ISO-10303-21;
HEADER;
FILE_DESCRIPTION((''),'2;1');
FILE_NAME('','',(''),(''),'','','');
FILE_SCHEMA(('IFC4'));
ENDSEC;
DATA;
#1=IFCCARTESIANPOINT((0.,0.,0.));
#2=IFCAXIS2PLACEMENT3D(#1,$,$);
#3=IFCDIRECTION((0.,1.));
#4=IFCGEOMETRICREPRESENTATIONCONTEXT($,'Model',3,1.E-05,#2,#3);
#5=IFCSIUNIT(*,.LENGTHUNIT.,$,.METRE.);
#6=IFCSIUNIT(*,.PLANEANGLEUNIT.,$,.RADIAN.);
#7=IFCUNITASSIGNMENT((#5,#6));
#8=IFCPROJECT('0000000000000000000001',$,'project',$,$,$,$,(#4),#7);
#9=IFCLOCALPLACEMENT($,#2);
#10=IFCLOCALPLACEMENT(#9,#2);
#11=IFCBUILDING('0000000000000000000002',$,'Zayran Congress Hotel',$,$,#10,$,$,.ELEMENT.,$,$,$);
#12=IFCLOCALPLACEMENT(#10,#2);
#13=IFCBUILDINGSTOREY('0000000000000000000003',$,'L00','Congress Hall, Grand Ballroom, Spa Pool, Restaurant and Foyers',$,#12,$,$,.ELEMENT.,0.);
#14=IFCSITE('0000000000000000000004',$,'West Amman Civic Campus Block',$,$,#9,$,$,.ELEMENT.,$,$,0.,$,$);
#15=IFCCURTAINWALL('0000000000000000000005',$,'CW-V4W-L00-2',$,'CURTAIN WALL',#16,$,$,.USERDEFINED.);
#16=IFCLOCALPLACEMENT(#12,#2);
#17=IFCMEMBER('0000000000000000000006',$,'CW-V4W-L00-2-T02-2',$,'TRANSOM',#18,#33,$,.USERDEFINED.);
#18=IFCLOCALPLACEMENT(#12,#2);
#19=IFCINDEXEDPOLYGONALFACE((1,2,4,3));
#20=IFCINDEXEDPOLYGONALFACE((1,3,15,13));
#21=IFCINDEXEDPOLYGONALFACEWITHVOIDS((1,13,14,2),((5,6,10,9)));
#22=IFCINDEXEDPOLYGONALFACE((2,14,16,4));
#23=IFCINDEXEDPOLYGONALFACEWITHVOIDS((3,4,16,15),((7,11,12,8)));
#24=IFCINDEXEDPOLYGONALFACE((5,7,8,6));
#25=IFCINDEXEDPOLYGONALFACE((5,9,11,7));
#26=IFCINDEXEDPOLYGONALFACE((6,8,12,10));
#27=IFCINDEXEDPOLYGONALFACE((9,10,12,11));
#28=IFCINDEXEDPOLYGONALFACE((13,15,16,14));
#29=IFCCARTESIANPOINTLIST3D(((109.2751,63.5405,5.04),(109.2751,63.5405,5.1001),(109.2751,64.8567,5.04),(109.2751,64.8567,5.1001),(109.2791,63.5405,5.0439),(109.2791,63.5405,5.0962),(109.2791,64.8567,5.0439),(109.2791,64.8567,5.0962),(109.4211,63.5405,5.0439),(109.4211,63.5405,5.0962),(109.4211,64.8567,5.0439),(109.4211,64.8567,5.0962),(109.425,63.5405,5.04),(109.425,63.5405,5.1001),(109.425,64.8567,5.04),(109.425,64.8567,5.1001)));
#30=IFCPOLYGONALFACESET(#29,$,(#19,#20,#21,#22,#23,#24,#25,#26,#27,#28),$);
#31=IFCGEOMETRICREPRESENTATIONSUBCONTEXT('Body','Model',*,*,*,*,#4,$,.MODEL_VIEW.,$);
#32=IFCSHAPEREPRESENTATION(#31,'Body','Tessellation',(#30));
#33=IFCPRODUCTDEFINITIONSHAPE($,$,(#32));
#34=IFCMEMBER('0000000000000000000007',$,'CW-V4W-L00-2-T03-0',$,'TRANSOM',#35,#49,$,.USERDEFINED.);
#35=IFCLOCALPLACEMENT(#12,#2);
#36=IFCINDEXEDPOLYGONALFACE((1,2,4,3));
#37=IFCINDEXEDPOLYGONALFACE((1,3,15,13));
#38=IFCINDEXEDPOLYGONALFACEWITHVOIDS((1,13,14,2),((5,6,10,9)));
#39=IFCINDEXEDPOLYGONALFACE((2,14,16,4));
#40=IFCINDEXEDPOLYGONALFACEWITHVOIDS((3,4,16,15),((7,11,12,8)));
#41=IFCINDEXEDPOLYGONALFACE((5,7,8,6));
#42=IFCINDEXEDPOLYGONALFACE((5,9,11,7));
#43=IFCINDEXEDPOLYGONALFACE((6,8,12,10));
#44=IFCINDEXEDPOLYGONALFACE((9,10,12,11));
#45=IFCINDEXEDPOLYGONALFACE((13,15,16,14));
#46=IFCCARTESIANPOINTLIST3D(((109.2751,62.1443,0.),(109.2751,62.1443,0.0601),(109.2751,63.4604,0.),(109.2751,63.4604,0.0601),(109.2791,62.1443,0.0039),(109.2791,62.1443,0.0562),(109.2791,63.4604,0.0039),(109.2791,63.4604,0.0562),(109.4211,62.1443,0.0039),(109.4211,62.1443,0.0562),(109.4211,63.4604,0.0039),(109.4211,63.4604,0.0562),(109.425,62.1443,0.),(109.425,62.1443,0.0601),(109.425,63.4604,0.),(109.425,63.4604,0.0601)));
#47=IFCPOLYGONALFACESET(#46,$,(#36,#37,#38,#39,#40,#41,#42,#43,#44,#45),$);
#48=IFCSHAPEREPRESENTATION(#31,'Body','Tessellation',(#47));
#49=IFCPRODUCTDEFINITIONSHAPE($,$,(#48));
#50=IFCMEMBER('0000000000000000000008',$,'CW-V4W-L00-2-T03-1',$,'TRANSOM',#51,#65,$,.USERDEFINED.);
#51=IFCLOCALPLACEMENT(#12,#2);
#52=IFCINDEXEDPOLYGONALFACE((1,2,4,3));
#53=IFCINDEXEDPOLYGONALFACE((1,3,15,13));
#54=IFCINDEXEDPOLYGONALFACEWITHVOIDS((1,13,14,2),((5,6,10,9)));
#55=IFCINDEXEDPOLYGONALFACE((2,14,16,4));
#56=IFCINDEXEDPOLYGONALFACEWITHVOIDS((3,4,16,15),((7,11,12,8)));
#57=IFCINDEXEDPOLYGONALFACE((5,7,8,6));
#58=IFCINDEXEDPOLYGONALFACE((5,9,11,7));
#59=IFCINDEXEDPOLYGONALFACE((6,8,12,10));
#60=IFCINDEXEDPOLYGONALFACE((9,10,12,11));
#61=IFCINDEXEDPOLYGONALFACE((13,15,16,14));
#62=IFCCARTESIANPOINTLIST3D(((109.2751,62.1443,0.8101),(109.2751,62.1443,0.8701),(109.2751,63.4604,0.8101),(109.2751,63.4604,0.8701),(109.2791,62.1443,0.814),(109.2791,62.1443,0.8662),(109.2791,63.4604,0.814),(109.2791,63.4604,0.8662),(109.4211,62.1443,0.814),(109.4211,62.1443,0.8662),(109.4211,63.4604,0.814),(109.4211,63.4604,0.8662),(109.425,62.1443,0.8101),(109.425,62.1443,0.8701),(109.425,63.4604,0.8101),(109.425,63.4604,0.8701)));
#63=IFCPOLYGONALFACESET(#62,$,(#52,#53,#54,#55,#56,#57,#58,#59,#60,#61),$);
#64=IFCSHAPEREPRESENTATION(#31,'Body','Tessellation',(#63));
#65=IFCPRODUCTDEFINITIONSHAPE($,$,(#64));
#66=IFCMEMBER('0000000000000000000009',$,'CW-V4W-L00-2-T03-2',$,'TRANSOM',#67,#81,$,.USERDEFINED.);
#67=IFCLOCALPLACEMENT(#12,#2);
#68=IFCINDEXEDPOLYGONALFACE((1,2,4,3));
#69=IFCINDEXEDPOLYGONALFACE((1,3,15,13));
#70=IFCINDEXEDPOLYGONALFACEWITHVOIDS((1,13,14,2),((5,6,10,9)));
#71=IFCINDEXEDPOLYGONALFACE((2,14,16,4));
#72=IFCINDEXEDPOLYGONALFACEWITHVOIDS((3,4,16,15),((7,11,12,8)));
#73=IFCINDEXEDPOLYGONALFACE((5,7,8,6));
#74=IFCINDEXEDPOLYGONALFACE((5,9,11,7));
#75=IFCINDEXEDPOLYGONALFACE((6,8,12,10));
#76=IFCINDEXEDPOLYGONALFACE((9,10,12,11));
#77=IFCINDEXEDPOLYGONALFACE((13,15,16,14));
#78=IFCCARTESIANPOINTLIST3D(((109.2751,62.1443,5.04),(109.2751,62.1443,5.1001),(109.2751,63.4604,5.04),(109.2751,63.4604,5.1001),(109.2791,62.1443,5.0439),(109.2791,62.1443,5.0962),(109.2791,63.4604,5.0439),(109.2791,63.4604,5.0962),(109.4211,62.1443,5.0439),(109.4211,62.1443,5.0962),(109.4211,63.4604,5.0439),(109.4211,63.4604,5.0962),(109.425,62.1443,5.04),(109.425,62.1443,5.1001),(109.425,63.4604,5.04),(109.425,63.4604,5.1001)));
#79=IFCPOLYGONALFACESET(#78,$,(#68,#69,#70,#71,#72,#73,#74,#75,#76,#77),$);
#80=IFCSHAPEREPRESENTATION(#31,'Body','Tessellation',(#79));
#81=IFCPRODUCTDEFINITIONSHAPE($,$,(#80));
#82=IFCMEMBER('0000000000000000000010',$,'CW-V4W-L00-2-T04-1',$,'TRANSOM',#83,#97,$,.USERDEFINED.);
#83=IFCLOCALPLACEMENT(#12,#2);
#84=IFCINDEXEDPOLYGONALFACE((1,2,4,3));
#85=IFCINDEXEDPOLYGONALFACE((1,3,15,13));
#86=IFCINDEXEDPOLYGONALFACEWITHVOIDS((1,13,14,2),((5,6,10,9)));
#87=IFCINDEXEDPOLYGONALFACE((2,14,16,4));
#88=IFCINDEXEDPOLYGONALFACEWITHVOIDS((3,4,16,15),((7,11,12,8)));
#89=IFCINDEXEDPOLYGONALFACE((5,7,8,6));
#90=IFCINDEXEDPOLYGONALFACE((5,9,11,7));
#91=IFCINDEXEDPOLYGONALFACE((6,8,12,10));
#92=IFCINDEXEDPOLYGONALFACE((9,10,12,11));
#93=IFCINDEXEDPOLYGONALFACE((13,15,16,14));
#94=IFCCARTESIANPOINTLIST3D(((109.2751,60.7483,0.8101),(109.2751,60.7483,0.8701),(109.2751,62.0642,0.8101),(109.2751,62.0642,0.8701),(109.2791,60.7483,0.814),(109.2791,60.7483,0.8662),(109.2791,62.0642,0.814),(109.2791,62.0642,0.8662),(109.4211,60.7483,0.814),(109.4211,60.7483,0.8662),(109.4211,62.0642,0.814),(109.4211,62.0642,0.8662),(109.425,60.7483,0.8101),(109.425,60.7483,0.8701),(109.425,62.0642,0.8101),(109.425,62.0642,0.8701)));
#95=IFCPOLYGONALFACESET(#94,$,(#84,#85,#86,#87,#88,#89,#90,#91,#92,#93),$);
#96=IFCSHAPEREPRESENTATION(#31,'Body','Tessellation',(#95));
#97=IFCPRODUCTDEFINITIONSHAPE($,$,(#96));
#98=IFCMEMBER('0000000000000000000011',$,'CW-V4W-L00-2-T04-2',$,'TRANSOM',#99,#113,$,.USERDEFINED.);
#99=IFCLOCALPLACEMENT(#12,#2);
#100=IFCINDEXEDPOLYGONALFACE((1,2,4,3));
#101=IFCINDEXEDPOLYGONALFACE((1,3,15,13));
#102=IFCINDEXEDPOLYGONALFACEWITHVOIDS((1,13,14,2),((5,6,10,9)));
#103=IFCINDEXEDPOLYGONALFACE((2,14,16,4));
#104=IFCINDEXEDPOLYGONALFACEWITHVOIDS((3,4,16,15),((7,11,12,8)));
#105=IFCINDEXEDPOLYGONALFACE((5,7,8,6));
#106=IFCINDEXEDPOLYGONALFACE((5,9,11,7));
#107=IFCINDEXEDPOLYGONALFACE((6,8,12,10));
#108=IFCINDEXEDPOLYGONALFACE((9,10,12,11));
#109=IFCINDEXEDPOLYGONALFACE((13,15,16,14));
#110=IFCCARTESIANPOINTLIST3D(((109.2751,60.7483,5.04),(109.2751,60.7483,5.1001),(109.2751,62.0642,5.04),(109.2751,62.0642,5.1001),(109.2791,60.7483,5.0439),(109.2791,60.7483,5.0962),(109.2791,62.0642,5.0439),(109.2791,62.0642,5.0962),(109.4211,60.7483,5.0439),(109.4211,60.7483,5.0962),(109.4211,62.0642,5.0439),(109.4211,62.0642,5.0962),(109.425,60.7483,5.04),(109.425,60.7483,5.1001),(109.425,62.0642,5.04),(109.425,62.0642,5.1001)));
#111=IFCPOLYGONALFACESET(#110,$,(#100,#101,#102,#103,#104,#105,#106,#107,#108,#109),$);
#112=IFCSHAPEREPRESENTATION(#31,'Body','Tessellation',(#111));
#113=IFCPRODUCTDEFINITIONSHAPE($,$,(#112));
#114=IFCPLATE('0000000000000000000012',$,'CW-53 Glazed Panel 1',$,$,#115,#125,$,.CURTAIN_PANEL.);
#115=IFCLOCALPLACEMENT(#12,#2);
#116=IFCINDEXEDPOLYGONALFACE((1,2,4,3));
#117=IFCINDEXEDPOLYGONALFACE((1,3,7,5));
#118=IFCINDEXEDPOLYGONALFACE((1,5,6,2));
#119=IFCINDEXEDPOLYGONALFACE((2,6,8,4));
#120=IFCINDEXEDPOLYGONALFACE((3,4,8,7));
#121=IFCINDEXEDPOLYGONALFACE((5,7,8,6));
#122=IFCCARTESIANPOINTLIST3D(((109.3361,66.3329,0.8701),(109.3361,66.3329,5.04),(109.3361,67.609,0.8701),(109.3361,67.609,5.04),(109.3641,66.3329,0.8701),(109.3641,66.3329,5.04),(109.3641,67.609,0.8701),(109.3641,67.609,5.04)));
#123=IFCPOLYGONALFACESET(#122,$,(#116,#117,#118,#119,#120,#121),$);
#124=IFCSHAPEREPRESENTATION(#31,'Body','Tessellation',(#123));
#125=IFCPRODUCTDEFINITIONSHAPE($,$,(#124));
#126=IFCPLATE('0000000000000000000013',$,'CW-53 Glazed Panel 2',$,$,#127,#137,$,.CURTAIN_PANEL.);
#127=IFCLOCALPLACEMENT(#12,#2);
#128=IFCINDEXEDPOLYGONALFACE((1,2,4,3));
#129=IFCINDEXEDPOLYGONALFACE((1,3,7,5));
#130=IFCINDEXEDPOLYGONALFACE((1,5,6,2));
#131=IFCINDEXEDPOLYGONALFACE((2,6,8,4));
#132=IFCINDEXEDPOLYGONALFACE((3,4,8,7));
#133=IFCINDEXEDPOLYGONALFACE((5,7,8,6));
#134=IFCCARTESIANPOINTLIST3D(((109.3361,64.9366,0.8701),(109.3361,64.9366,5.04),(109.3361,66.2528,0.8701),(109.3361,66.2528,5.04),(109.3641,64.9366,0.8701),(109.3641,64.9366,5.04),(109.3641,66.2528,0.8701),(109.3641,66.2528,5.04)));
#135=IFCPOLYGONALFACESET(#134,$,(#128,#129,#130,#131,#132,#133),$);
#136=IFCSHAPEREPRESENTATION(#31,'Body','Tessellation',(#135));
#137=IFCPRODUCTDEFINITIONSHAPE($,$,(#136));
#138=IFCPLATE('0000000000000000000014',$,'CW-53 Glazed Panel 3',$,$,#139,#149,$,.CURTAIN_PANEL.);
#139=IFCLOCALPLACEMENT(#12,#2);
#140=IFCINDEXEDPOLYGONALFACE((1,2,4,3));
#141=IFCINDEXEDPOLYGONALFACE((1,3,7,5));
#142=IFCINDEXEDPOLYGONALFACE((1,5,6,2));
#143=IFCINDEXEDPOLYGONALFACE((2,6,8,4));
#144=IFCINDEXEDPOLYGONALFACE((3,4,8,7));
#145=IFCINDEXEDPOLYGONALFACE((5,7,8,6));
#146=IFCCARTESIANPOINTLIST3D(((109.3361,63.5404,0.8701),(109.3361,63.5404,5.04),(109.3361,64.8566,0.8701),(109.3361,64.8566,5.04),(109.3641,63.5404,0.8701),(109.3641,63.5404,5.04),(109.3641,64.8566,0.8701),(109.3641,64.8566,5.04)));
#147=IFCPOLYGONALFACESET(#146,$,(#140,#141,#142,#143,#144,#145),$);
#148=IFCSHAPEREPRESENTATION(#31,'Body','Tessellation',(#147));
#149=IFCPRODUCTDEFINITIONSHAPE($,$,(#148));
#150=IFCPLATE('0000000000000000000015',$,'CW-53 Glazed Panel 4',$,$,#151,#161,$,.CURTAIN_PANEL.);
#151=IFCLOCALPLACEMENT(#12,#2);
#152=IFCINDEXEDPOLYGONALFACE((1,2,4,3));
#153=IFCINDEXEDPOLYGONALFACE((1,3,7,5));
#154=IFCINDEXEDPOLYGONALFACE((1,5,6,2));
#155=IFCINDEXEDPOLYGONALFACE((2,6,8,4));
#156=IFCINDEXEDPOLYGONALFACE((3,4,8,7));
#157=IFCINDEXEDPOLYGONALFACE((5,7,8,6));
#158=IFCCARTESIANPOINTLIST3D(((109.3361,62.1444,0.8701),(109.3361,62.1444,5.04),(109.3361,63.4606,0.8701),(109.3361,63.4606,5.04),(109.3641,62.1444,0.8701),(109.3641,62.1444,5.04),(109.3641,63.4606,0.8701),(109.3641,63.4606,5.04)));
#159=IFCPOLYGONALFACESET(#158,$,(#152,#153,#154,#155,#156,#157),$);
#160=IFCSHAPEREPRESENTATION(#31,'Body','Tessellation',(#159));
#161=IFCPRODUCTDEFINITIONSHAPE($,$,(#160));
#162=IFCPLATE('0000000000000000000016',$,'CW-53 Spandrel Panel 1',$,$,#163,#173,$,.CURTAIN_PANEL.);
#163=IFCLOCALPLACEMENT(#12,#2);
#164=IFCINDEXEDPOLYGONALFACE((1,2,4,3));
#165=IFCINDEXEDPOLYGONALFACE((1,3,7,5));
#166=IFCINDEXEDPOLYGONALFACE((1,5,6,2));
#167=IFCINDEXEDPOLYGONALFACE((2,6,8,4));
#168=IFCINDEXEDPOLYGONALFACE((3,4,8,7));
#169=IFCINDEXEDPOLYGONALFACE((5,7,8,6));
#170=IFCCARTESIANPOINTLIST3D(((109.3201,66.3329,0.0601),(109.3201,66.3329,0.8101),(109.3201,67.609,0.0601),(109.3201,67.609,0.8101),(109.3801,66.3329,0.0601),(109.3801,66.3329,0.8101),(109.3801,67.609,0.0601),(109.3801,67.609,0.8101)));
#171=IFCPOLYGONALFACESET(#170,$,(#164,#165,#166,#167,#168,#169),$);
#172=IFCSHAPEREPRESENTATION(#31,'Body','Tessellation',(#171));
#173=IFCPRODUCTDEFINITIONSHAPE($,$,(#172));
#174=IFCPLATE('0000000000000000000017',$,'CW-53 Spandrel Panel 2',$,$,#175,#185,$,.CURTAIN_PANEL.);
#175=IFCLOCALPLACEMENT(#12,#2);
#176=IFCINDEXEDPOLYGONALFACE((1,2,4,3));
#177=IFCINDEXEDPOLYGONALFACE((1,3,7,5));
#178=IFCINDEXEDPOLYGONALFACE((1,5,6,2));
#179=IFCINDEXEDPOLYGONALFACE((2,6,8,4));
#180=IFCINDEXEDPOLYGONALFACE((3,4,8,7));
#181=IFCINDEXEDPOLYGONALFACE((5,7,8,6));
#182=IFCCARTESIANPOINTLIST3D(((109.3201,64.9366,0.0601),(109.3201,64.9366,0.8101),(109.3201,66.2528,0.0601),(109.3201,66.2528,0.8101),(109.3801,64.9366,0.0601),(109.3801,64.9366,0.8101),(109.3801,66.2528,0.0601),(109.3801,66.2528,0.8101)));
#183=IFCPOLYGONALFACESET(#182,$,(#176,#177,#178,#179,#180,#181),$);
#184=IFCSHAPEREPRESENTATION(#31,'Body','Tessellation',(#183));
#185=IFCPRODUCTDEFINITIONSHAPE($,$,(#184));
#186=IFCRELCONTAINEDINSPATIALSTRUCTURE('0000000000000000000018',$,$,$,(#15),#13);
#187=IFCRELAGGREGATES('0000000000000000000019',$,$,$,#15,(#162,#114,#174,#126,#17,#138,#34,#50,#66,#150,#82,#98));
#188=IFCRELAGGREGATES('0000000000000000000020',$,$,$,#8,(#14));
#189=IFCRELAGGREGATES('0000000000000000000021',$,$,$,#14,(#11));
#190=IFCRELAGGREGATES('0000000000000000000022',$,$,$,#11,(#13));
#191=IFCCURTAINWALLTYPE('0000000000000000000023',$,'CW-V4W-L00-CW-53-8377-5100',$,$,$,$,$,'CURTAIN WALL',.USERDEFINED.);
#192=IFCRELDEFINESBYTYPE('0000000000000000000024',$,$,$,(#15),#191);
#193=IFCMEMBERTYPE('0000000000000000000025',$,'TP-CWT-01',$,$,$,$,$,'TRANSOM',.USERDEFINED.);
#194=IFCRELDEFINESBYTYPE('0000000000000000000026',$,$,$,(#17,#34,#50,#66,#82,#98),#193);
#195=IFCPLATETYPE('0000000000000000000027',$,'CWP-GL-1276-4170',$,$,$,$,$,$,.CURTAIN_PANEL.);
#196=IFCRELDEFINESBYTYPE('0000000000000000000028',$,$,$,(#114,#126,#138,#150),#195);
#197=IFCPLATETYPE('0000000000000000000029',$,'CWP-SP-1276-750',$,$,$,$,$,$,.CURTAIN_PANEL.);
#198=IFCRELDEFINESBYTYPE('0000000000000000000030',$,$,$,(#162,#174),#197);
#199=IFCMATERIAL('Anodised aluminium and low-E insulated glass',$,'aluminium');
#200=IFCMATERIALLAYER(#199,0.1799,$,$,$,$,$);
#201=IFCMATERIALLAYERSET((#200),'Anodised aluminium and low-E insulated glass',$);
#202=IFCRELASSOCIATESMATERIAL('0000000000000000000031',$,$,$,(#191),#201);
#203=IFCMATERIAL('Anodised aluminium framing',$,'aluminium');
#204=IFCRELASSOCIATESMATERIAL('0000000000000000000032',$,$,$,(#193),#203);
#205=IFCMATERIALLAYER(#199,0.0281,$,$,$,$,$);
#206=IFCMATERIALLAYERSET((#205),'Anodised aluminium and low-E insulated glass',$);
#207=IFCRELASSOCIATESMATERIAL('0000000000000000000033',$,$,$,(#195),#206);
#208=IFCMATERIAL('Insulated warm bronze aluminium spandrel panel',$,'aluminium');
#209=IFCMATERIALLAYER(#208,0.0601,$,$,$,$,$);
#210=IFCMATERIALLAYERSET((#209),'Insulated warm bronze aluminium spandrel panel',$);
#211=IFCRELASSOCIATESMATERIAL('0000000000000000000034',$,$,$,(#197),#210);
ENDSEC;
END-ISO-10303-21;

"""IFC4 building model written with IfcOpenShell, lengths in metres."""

from ifc_helpers import new_model, si_unit, direction, frame, origin, origin_2d, place, context, subcontext, project, spatial, rectangle, hollow_rectangle, extrude, material, layer, layer_set, material_profile, profile_set, type_object, element, aggregate, save


model = new_model("IFC4")

# Units and contexts
model_context = context("Model", 3, precision=1e-05, world=origin(), true_north=direction((0.0, 1.0)))
body_context = subcontext(model_context, "Body", "Model", "MODEL_VIEW")
ifc_project = project(units=[si_unit("LENGTHUNIT", "METRE"), si_unit("PLANEANGLEUNIT", "RADIAN")], contexts=[model_context])

# Site, building, storey
site_placement = place(None, origin())
site = spatial("IfcSite", under=ifc_project, at=site_placement, Name="West Amman Civic Campus Block", CompositionType="ELEMENT", RefElevation=0.0)
building_placement = place(site_placement, origin())
building = spatial("IfcBuilding", under=site, at=building_placement, Name="Zayran Congress Hotel", CompositionType="ELEMENT")
storey_placement = place(building_placement, origin())
storey = spatial("IfcBuildingStorey", under=building, at=storey_placement, Name="L00", Description="Congress Hall, Grand Ballroom, Spa Pool, Restaurant and Foyers", CompositionType="ELEMENT", Elevation=0.0)

# Curtain wall, members, plates
ifc_material_1 = material(Name="Anodised aluminium and low-E insulated glass", Category="aluminium")
ifc_layer_1 = layer(ifc_material_1, 0.1799)
ifc_layer_set_1 = layer_set([ifc_layer_1], Name="Anodised aluminium and low-E insulated glass")
curtain_wall_type = type_object("IfcCurtainWallType", Name="CW-V4W-L00-CW-53-8377-5100", ElementType="CURTAIN WALL", PredefinedType="USERDEFINED", material=ifc_layer_set_1)
curtain_wall_placement = place(storey_placement, origin())
curtain_wall = element("IfcCurtainWall", 1, at=curtain_wall_placement, inside=storey, type_object=curtain_wall_type, Name="CW-V4W-L00-2", ObjectType="CURTAIN WALL", PredefinedType="USERDEFINED")
ifc_material_2 = material(Name="Anodised aluminium framing", Category="aluminium")
ifc_material_profile_1 = material_profile(ifc_material_2, hollow_rectangle(XDim=0.0601, YDim=0.1499, WallThickness=0.0039, at=origin_2d()), Name="RHS 150x60x4")
ifc_profile_set_1 = profile_set([ifc_material_profile_1], Name="Anodised aluminium framing")
member_type_1 = type_object("IfcMemberType", Name="TP-CWT-01", ElementType="TRANSOM", PredefinedType="USERDEFINED", material=ifc_profile_set_1)
member_1_placement = place(storey_placement, frame((109.3501, 64.8567, 5.0701), z_axis=(0.0, -1.0, 0.0), x_axis=(0.0, 0.0, 1.0)))
member_1 = element("IfcMember", 2, at=member_1_placement, type_object=member_type_1, Name="CW-V4W-L00-2-T02-2", ObjectType="TRANSOM", PredefinedType="USERDEFINED", context=body_context, shape_type="SweptSolid", body=[
    extrude(hollow_rectangle(XDim=0.0601, YDim=0.1499, WallThickness=0.0039, at=origin_2d()), origin(), (0.0, 0.0, 1.0), 1.3162),
])
member_2_placement = place(storey_placement, frame((109.3501, 63.4604, 0.03), z_axis=(0.0, -1.0, 0.0), x_axis=(0.0, 0.0, 1.0)))
member_2 = element("IfcMember", 3, at=member_2_placement, type_object=member_type_1, Name="CW-V4W-L00-2-T03-0", ObjectType="TRANSOM", PredefinedType="USERDEFINED", context=body_context, shape_type="SweptSolid", body=[
    extrude(hollow_rectangle(XDim=0.0601, YDim=0.1499, WallThickness=0.0039, at=origin_2d()), origin(), (0.0, 0.0, 1.0), 1.3162),
])
member_3_placement = place(storey_placement, frame((109.3501, 63.4604, 0.8401), z_axis=(0.0, -1.0, 0.0), x_axis=(0.0, 0.0, 1.0)))
member_3 = element("IfcMember", 4, at=member_3_placement, type_object=member_type_1, Name="CW-V4W-L00-2-T03-1", ObjectType="TRANSOM", PredefinedType="USERDEFINED", context=body_context, shape_type="SweptSolid", body=[
    extrude(hollow_rectangle(XDim=0.0601, YDim=0.1499, WallThickness=0.0039, at=origin_2d()), origin(), (0.0, 0.0, 1.0), 1.3162),
])
member_4_placement = place(storey_placement, frame((109.3501, 63.4604, 5.0701), z_axis=(0.0, -1.0, 0.0), x_axis=(0.0, 0.0, 1.0)))
member_4 = element("IfcMember", 5, at=member_4_placement, type_object=member_type_1, Name="CW-V4W-L00-2-T03-2", ObjectType="TRANSOM", PredefinedType="USERDEFINED", context=body_context, shape_type="SweptSolid", body=[
    extrude(hollow_rectangle(XDim=0.0601, YDim=0.1499, WallThickness=0.0039, at=origin_2d()), origin(), (0.0, 0.0, 1.0), 1.3162),
])
member_5_placement = place(storey_placement, frame((109.3501, 62.0642, 0.8401), z_axis=(0.0, -1.0, 0.0), x_axis=(0.0, 0.0, 1.0)))
member_5 = element("IfcMember", 6, at=member_5_placement, type_object=member_type_1, Name="CW-V4W-L00-2-T04-1", ObjectType="TRANSOM", PredefinedType="USERDEFINED", context=body_context, shape_type="SweptSolid", body=[
    extrude(hollow_rectangle(XDim=0.0601, YDim=0.1499, WallThickness=0.0039, at=origin_2d()), origin(), (0.0, 0.0, 1.0), 1.3159),
])
member_6_placement = place(storey_placement, frame((109.3501, 62.0642, 5.0701), z_axis=(0.0, -1.0, 0.0), x_axis=(0.0, 0.0, 1.0)))
member_6 = element("IfcMember", 7, at=member_6_placement, type_object=member_type_1, Name="CW-V4W-L00-2-T04-2", ObjectType="TRANSOM", PredefinedType="USERDEFINED", context=body_context, shape_type="SweptSolid", body=[
    extrude(hollow_rectangle(XDim=0.0601, YDim=0.1499, WallThickness=0.0039, at=origin_2d()), origin(), (0.0, 0.0, 1.0), 1.3159),
])
ifc_layer_2 = layer(ifc_material_1, 0.0281)
ifc_layer_set_2 = layer_set([ifc_layer_2], Name="Anodised aluminium and low-E insulated glass")
plate_type_1 = type_object("IfcPlateType", Name="CWP-GL-1276-4170", PredefinedType="CURTAIN_PANEL", material=ifc_layer_set_2)
plate_1_placement = place(storey_placement, frame((109.3501, 66.9709, 0.8701), z_axis=(0.0, 0.0, 1.0), x_axis=(0.0, 1.0, 0.0)))
plate_1 = element("IfcPlate", 8, at=plate_1_placement, type_object=plate_type_1, Name="CW-53 Glazed Panel 1", PredefinedType="CURTAIN_PANEL", context=body_context, shape_type="SweptSolid", body=[
    extrude(rectangle(XDim=1.2761, YDim=0.0281, at=origin_2d()), origin(), (0.0, 0.0, 1.0), 4.1699),
])
plate_2_placement = place(storey_placement, frame((109.3501, 65.5947, 0.8701), z_axis=(0.0, 0.0, 1.0), x_axis=(0.0, 1.0, 0.0)))
plate_2 = element("IfcPlate", 9, at=plate_2_placement, type_object=plate_type_1, Name="CW-53 Glazed Panel 2", PredefinedType="CURTAIN_PANEL", context=body_context, shape_type="SweptSolid", body=[
    extrude(rectangle(XDim=1.3162, YDim=0.0281, at=origin_2d()), origin(), (0.0, 0.0, 1.0), 4.1699),
])
plate_3_placement = place(storey_placement, frame((109.3501, 64.1985, 0.8701), z_axis=(0.0, 0.0, 1.0), x_axis=(0.0, 1.0, 0.0)))
plate_3 = element("IfcPlate", 10, at=plate_3_placement, type_object=plate_type_1, Name="CW-53 Glazed Panel 3", PredefinedType="CURTAIN_PANEL", context=body_context, shape_type="SweptSolid", body=[
    extrude(rectangle(XDim=1.3162, YDim=0.0281, at=origin_2d()), origin(), (0.0, 0.0, 1.0), 4.1699),
])
plate_4_placement = place(storey_placement, frame((109.3501, 62.8025, 0.8701), z_axis=(0.0, 0.0, 1.0), x_axis=(0.0, 1.0, 0.0)))
plate_4 = element("IfcPlate", 11, at=plate_4_placement, type_object=plate_type_1, Name="CW-53 Glazed Panel 4", PredefinedType="CURTAIN_PANEL", context=body_context, shape_type="SweptSolid", body=[
    extrude(rectangle(XDim=1.3162, YDim=0.0281, at=origin_2d()), origin(), (0.0, 0.0, 1.0), 4.1699),
])
ifc_material_3 = material(Name="Insulated warm bronze aluminium spandrel panel", Category="aluminium")
ifc_layer_3 = layer(ifc_material_3, 0.0601)
ifc_layer_set_3 = layer_set([ifc_layer_3], Name="Insulated warm bronze aluminium spandrel panel")
plate_type_2 = type_object("IfcPlateType", Name="CWP-SP-1276-750", PredefinedType="CURTAIN_PANEL", material=ifc_layer_set_3)
plate_5_placement = place(storey_placement, frame((109.3501, 66.9709, 0.0601), z_axis=(0.0, 0.0, 1.0), x_axis=(0.0, 1.0, 0.0)))
plate_5 = element("IfcPlate", 12, at=plate_5_placement, type_object=plate_type_2, Name="CW-53 Spandrel Panel 1", PredefinedType="CURTAIN_PANEL", context=body_context, shape_type="SweptSolid", body=[
    extrude(rectangle(XDim=1.2761, YDim=0.0601, at=origin_2d()), origin(), (0.0, 0.0, 1.0), 0.75),
])
plate_6_placement = place(storey_placement, frame((109.3501, 65.5947, 0.0601), z_axis=(0.0, 0.0, 1.0), x_axis=(0.0, 1.0, 0.0)))
plate_6 = element("IfcPlate", 13, at=plate_6_placement, type_object=plate_type_2, Name="CW-53 Spandrel Panel 2", PredefinedType="CURTAIN_PANEL", context=body_context, shape_type="SweptSolid", body=[
    extrude(rectangle(XDim=1.3162, YDim=0.0601, at=origin_2d()), origin(), (0.0, 0.0, 1.0), 0.75),
])
aggregate(curtain_wall, [plate_5, plate_1, plate_6, plate_2, member_1, plate_3, member_2, member_3, member_4, plate_4, member_5, member_6])

save(model, "model.ifc")
